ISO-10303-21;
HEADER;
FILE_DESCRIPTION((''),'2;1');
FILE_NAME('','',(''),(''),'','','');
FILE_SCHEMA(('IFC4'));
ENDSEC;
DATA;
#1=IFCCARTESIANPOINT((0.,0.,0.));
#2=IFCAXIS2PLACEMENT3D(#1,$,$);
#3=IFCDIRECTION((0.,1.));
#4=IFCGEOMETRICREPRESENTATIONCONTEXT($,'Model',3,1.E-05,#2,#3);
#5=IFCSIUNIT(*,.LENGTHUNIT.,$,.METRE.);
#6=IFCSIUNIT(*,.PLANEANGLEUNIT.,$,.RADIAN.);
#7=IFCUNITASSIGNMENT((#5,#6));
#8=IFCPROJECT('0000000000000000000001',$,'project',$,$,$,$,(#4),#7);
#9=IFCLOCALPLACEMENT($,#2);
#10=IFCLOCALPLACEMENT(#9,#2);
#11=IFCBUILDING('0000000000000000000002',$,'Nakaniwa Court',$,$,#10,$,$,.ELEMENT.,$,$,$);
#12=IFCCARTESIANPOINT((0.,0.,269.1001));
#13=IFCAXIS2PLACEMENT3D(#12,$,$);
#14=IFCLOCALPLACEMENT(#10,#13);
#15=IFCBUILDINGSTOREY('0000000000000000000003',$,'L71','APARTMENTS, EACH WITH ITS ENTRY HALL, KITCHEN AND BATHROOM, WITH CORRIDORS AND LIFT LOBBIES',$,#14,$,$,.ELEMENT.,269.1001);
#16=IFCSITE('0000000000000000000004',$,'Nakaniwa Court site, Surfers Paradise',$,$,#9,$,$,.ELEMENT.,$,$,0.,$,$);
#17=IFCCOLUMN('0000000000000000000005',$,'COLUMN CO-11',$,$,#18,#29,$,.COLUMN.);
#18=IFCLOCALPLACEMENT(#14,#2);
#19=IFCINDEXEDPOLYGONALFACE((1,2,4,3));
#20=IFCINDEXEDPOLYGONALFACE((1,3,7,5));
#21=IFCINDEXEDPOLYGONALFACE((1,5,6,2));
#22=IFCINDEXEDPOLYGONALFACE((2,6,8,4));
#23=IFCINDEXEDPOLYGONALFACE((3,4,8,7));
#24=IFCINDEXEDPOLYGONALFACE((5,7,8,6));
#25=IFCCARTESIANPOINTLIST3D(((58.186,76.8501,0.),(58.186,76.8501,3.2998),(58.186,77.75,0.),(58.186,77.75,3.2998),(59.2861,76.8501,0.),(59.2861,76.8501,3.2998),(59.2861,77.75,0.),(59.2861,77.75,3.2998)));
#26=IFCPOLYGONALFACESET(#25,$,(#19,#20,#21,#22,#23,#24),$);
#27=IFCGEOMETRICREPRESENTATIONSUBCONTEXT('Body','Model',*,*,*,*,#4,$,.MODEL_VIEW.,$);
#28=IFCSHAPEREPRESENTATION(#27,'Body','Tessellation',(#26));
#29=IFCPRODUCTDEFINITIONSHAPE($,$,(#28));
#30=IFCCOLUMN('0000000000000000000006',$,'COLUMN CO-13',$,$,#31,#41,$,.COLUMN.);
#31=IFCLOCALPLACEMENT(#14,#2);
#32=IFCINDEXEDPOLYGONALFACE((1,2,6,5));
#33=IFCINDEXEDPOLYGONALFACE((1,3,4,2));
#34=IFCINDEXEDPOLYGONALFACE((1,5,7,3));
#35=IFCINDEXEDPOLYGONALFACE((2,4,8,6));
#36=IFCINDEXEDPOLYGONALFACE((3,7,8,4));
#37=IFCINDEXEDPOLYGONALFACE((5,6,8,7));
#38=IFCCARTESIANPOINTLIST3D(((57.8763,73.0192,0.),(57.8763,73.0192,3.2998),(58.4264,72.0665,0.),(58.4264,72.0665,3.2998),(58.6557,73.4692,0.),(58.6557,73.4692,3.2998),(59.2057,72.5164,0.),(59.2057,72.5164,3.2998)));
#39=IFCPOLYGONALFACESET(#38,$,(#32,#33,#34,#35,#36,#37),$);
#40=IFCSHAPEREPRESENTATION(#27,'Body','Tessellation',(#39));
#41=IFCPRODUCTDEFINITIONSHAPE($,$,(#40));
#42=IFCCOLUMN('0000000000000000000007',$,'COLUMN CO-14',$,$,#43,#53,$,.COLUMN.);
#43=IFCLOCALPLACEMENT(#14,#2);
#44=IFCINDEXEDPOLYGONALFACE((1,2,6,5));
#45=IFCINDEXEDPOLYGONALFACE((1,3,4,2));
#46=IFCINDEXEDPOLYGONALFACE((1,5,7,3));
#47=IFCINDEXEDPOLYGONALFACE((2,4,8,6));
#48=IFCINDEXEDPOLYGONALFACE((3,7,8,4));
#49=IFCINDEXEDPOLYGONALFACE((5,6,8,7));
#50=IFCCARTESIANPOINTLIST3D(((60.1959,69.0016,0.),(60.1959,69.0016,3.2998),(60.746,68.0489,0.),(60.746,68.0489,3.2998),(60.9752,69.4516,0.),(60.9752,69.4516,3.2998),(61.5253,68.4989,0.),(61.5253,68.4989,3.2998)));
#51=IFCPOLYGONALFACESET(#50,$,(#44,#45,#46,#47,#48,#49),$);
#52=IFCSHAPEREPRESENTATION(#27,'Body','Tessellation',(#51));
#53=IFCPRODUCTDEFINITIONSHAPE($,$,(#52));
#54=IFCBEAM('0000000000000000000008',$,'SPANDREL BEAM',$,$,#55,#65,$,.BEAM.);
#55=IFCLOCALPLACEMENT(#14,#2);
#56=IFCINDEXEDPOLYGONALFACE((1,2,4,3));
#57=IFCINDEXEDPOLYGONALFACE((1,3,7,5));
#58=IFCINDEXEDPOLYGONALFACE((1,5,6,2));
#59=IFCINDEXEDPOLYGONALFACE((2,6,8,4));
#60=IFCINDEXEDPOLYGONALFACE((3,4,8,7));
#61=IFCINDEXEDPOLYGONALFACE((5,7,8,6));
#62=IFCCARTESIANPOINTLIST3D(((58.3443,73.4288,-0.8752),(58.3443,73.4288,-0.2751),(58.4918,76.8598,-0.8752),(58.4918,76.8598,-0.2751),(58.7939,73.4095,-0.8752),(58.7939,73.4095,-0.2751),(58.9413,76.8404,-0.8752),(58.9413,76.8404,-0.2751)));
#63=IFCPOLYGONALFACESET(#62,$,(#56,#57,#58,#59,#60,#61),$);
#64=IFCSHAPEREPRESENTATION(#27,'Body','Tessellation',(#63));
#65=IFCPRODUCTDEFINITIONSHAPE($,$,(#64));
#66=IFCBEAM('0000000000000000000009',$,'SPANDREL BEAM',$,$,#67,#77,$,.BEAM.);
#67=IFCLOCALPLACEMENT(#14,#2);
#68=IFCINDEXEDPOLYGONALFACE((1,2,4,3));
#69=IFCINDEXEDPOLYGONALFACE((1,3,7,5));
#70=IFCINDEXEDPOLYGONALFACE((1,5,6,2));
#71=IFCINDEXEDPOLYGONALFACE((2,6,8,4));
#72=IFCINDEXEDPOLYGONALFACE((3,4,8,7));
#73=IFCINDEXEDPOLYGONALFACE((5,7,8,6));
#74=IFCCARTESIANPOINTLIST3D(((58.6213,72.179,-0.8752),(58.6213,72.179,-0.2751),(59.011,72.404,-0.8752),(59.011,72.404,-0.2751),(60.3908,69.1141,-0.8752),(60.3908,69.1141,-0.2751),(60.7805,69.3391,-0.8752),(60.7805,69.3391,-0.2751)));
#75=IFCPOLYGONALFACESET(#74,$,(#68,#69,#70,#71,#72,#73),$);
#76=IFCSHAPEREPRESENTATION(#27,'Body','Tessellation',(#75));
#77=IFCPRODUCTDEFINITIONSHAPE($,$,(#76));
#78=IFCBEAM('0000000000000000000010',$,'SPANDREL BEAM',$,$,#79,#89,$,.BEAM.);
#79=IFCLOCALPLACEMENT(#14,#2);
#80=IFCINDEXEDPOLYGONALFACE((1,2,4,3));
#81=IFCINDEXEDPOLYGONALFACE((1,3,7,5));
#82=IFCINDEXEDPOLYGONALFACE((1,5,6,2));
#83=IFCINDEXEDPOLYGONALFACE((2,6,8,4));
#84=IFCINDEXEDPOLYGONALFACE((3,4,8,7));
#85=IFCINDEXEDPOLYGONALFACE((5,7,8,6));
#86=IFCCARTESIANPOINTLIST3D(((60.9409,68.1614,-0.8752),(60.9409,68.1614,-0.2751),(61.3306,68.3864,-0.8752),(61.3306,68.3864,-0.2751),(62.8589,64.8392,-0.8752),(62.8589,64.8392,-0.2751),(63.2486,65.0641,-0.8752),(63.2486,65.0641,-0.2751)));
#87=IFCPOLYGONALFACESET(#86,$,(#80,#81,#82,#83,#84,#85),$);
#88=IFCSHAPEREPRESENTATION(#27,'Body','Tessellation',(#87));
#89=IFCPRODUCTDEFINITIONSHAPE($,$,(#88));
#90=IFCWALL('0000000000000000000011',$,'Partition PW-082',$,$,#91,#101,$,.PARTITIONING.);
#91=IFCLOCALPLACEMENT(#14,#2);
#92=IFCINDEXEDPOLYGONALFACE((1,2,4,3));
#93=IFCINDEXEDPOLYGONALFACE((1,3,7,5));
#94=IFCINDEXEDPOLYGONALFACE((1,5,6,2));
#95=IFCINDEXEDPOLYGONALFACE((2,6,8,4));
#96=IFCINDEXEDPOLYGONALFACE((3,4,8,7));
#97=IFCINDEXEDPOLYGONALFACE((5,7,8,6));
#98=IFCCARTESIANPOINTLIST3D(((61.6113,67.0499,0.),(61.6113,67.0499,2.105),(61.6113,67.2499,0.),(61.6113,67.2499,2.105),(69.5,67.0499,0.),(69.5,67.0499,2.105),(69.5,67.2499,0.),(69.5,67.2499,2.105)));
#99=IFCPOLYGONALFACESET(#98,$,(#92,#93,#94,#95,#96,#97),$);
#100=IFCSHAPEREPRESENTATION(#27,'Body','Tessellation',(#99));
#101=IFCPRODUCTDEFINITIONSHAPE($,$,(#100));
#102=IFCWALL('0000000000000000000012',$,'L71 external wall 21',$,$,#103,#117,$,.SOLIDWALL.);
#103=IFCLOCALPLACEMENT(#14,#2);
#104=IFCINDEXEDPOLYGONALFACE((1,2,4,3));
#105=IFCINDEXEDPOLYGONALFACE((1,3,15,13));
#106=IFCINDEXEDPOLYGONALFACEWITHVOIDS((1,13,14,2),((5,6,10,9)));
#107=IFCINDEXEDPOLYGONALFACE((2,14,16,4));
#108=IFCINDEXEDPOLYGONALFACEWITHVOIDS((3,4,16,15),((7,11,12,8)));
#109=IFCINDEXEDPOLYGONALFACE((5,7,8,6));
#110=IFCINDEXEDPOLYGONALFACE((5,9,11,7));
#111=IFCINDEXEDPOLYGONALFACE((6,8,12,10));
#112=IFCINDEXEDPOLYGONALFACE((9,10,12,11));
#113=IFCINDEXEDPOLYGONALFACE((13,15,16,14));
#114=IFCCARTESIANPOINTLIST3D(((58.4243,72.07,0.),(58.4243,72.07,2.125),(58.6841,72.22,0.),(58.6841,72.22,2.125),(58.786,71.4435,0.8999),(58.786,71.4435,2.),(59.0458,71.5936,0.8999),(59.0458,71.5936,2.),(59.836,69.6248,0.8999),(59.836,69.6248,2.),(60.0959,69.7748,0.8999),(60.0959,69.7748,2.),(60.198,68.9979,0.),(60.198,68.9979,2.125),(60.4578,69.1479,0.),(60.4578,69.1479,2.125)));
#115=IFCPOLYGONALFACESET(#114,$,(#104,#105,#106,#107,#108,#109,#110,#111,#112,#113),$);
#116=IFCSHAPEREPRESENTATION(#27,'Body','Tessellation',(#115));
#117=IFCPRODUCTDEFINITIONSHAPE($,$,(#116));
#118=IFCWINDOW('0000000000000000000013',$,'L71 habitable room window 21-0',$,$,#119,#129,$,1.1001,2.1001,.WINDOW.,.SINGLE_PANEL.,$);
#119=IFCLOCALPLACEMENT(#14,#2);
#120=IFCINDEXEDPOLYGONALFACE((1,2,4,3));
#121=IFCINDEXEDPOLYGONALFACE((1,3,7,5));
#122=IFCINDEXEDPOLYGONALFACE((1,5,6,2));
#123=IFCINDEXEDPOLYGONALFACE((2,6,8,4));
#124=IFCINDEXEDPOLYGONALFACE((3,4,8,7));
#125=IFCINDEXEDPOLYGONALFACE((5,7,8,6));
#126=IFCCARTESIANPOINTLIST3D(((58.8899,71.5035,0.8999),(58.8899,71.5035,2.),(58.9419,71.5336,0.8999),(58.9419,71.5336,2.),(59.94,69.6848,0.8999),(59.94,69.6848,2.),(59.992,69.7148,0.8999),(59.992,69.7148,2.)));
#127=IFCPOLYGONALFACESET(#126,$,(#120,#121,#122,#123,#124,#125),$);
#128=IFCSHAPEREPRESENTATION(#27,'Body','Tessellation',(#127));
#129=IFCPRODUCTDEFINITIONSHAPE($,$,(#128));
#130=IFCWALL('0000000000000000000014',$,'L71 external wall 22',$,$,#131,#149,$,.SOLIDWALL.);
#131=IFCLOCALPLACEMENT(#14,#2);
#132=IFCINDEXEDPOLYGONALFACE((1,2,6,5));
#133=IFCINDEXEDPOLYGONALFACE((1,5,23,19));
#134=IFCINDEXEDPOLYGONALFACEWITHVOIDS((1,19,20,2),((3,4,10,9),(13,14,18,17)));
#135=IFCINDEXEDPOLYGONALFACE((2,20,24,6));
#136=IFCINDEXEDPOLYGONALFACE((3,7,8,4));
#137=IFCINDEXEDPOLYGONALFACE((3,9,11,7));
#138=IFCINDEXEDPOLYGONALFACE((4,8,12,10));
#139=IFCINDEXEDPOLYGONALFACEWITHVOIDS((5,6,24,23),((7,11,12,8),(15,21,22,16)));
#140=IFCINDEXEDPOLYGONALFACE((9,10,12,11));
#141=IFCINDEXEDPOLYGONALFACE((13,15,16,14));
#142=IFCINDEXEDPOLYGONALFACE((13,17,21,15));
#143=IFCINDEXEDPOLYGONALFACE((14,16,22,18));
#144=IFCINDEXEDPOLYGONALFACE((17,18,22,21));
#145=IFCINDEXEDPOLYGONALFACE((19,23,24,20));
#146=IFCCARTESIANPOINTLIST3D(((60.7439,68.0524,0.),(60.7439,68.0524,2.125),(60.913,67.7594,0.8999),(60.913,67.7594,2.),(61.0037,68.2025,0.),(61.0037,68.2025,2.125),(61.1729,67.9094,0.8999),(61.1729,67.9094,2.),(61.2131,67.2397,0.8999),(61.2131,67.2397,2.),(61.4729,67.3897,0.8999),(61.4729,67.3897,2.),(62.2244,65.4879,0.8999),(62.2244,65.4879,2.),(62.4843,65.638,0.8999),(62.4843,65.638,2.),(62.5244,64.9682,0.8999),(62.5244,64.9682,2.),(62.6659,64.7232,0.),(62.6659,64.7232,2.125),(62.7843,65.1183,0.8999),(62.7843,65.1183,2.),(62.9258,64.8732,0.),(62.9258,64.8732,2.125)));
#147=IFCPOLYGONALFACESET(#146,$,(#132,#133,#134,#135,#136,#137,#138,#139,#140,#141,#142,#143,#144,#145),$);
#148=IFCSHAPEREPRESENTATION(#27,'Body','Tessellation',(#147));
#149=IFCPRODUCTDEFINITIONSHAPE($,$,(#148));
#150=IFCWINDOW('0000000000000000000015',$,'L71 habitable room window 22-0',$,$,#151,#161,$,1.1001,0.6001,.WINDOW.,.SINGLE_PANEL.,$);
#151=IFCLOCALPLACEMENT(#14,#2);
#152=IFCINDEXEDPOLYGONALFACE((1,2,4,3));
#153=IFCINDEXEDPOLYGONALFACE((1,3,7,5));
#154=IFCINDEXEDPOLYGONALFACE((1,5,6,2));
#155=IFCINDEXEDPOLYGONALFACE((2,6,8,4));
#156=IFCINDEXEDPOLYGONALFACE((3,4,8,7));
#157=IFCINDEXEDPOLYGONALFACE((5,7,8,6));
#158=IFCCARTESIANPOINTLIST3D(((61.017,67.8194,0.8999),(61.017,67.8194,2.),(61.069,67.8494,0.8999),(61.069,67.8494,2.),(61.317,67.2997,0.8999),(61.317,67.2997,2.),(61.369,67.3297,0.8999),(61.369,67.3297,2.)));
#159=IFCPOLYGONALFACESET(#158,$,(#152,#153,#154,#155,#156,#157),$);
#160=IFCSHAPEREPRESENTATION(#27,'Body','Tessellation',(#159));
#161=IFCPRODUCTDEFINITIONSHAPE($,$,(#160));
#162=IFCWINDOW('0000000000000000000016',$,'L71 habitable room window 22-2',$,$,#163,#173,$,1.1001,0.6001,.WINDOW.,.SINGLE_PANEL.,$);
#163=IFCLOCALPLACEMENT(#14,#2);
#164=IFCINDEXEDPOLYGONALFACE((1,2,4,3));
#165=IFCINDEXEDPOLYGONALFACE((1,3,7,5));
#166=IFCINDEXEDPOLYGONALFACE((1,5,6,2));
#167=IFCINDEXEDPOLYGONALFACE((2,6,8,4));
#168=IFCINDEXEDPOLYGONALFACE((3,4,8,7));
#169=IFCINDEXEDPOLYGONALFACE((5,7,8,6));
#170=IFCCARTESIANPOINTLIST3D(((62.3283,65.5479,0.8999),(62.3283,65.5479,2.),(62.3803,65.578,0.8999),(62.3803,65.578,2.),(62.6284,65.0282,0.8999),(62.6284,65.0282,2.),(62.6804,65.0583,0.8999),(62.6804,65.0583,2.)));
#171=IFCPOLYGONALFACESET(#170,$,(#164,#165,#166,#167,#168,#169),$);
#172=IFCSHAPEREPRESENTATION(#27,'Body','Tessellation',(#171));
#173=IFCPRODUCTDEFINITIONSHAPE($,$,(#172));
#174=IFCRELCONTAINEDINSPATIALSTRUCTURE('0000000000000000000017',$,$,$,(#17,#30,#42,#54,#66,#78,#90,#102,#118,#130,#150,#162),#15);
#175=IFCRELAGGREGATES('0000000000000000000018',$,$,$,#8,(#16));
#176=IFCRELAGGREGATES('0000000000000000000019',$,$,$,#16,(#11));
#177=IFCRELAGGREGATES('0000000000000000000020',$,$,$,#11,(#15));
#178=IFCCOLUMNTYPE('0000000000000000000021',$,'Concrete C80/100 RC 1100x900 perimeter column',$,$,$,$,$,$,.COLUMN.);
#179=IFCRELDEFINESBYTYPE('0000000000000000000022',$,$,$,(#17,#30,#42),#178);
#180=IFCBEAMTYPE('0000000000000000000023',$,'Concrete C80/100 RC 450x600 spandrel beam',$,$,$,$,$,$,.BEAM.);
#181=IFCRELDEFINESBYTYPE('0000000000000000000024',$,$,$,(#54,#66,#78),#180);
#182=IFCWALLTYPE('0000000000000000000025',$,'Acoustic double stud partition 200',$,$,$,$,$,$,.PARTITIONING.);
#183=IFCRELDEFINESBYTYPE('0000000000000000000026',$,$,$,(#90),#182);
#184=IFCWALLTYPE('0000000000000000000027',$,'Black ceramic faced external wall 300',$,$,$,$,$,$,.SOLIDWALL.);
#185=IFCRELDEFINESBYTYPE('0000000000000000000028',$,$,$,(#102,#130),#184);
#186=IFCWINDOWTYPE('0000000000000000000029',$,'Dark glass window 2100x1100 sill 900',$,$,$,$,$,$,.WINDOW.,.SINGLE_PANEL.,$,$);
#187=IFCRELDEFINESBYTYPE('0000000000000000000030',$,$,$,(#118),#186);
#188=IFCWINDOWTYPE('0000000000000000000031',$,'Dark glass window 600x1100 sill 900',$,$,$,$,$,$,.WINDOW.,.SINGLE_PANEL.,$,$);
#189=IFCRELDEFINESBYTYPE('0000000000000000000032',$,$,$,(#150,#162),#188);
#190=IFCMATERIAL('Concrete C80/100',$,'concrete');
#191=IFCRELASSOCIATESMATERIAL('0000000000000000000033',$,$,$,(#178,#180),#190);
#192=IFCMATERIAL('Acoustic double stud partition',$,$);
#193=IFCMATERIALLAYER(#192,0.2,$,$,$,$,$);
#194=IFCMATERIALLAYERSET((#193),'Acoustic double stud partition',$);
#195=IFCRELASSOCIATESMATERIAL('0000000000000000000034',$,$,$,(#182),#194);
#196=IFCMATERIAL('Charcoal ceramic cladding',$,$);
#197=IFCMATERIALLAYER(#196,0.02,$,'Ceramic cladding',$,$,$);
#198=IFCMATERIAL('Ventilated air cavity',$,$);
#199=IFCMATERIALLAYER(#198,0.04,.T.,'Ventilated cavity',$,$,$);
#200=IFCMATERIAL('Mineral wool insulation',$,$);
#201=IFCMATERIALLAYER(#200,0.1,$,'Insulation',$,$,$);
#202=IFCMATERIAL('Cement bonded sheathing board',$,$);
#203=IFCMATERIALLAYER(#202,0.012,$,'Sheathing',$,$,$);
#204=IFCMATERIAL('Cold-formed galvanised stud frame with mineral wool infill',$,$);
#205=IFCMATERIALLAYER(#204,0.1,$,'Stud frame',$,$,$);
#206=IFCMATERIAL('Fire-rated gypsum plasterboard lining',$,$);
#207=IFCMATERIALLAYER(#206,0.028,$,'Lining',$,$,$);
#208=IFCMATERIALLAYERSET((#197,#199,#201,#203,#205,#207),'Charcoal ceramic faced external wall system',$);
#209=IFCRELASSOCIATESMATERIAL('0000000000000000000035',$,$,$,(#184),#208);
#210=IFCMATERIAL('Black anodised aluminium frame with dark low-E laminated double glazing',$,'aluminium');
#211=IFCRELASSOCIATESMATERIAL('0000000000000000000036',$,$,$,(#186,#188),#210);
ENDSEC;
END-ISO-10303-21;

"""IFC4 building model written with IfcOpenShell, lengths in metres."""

from ifc_helpers import new_model, si_unit, direction, frame, frame_2d, origin, origin_2d, place, context, subcontext, project, spatial, rectangle, extrude, material, layer, layer_set, material_profile, profile_set, type_object, element, fill, save


model = new_model("IFC4")

# Units and contexts
model_context = context("Model", 3, precision=1e-05, world=origin(), true_north=direction((0.0, 1.0)))
body_context = subcontext(model_context, "Body", "Model", "MODEL_VIEW")
ifc_project = project(units=[si_unit("LENGTHUNIT", "METRE"), si_unit("PLANEANGLEUNIT", "RADIAN")], contexts=[model_context])

# Site, building, storey
site_placement = place(None, origin())
site = spatial("IfcSite", under=ifc_project, at=site_placement, Name="Nakaniwa Court site, Surfers Paradise", CompositionType="ELEMENT", RefElevation=0.0)
building_placement = place(site_placement, origin())
building = spatial("IfcBuilding", under=site, at=building_placement, Name="Nakaniwa Court", CompositionType="ELEMENT")
storey_placement = place(building_placement, frame((0.0, 0.0, 269.1001)))
storey = spatial("IfcBuildingStorey", under=building, at=storey_placement, Name="L71", Description="APARTMENTS, EACH WITH ITS ENTRY HALL, KITCHEN AND BATHROOM, WITH CORRIDORS AND LIFT LOBBIES", CompositionType="ELEMENT", Elevation=269.1001)

# Columns
ifc_material_1 = material(Name="Concrete C80/100", Category="concrete")
ifc_material_profile_1 = material_profile(ifc_material_1, rectangle(XDim=1.1001, YDim=0.8999, at=origin_2d()), Name="Concrete C80/100 RC 1100x900 perimeter column")
ifc_profile_set_1 = profile_set([ifc_material_profile_1], Name="Concrete C80/100")
column_type = type_object("IfcColumnType", Name="Concrete C80/100 RC 1100x900 perimeter column", PredefinedType="COLUMN", material=ifc_profile_set_1)
for number, where, z_axis, x_axis, name in (
    (1, (58.7361, 77.3, 0.0), (0.0, 0.0, 1.0), (-1.0, 0.0, 0.0), "COLUMN CO-11"),
    (2, (58.541, 72.7678, 0.0), (0.0, 0.0, 1.0), (0.5, -0.866025, 0.0), "COLUMN CO-13"),
    (3, (60.8606, 68.7502, 0.0), (0.0, 0.0, 1.0), (0.5, -0.866025, 0.0), "COLUMN CO-14"),
):
    element("IfcColumn", number, at=place(storey_placement, frame(where, z_axis=z_axis, x_axis=x_axis)), inside=storey, type_object=column_type, Name=name, PredefinedType="COLUMN", context=body_context, shape_type="SweptSolid", body=[
        extrude(rectangle(XDim=1.1001, YDim=0.8999, at=origin_2d()), origin(), (0.0, 0.0, 1.0), 3.2998),
    ])

# Beams
ifc_material_profile_2 = material_profile(ifc_material_1, rectangle(XDim=0.45, YDim=0.6001, at=origin_2d()), Name="Concrete C80/100 RC 450x600 spandrel beam")
ifc_profile_set_2 = profile_set([ifc_material_profile_2], Name="Concrete C80/100")
beam_type = type_object("IfcBeamType", Name="Concrete C80/100 RC 450x600 spandrel beam", PredefinedType="BEAM", material=ifc_profile_set_2)
beam_1_placement = place(storey_placement, frame((58.7166, 76.8501, -0.5752), z_axis=(-0.042941, -0.999078, 0.0), x_axis=(0.999078, -0.042941, 0.0)))
element("IfcBeam", 4, at=beam_1_placement, inside=storey, type_object=beam_type, Name="SPANDREL BEAM", PredefinedType="BEAM", context=body_context, shape_type="SweptSolid", body=[
    extrude(rectangle(XDim=0.45, YDim=0.6001, at=origin_2d()), origin(), (0.0, 0.0, 1.0), 3.4341),
])
beam_2_placement = place(storey_placement, frame((58.8162, 72.2915, -0.5752), z_axis=(0.499997, -0.866027, 0.0), x_axis=(0.866027, 0.499997, 0.0)))
element("IfcBeam", 5, at=beam_2_placement, inside=storey, type_object=beam_type, Name="SPANDREL BEAM", PredefinedType="BEAM", context=body_context, shape_type="SweptSolid", body=[
    extrude(rectangle(XDim=0.45, YDim=0.6001, at=origin_2d()), origin(), (0.0, 0.0, 1.0), 3.5391),
])
beam_3_placement = place(storey_placement, frame((61.1357, 68.2739, -0.5752), z_axis=(0.499972, -0.866041, 0.0), x_axis=(0.866041, 0.499972, 0.0)))
element("IfcBeam", 6, at=beam_3_placement, inside=storey, type_object=beam_type, Name="SPANDREL BEAM", PredefinedType="BEAM", context=body_context, shape_type="SweptSolid", body=[
    extrude(rectangle(XDim=0.45, YDim=0.6001, at=origin_2d()), origin(), (0.0, 0.0, 1.0), 3.8362),
])

# Wall
ifc_material_2 = material(Name="Acoustic double stud partition")
ifc_layer_1 = layer(ifc_material_2, 0.2)
ifc_layer_set_1 = layer_set([ifc_layer_1], Name="Acoustic double stud partition")
wall_type_1 = type_object("IfcWallType", Name="Acoustic double stud partition 200", PredefinedType="PARTITIONING", material=ifc_layer_set_1)
wall_1_placement = place(storey_placement, frame((61.6113, 67.1499, 0.0), z_axis=(0.0, 0.0, 1.0), x_axis=(1.0, 0.0, 0.0)))
element("IfcWall", 7, at=wall_1_placement, inside=storey, type_object=wall_type_1, Name="Partition PW-082", PredefinedType="PARTITIONING", context=body_context, shape_type="SweptSolid", body=[
    extrude(rectangle(XDim=7.8887, YDim=0.2, at=frame_2d((3.9443, 0.0))), origin(), (0.0, 0.0, 1.0), 2.105),
])

# Wall, opening, window
ifc_material_3 = material(Name="Charcoal ceramic cladding")
ifc_layer_2 = layer(ifc_material_3, 0.02, Name="Ceramic cladding")
ifc_material_4 = material(Name="Ventilated air cavity")
ifc_layer_3 = layer(ifc_material_4, 0.04, ventilated=True, Name="Ventilated cavity")
ifc_material_5 = material(Name="Mineral wool insulation")
ifc_layer_4 = layer(ifc_material_5, 0.1, Name="Insulation")
ifc_material_6 = material(Name="Cement bonded sheathing board")
ifc_layer_5 = layer(ifc_material_6, 0.012, Name="Sheathing")
ifc_material_7 = material(Name="Cold-formed galvanised stud frame with mineral wool infill")
ifc_layer_6 = layer(ifc_material_7, 0.1, Name="Stud frame")
ifc_material_8 = material(Name="Fire-rated gypsum plasterboard lining")
ifc_layer_7 = layer(ifc_material_8, 0.028, Name="Lining")
ifc_layer_set_2 = layer_set([ifc_layer_2, ifc_layer_3, ifc_layer_4, ifc_layer_5, ifc_layer_6, ifc_layer_7], Name="Charcoal ceramic faced external wall system")
wall_type_2 = type_object("IfcWallType", Name="Black ceramic faced external wall 300", PredefinedType="SOLIDWALL", material=ifc_layer_set_2)
wall_2_placement = place(storey_placement, frame((58.5542, 72.145, 0.0), z_axis=(0.0, 0.0, 1.0), x_axis=(0.50001, -0.866019, 0.0)))
wall_2 = element("IfcWall", 8, at=wall_2_placement, inside=storey, type_object=wall_type_2, Name="L71 external wall 21", PredefinedType="SOLIDWALL", context=body_context, shape_type="SweptSolid", body=[
    extrude(rectangle(XDim=3.5474, YDim=0.3, at=frame_2d((1.7737, 0.0))), origin(), (0.0, 0.0, 1.0), 2.125),
])
opening_1_placement = place(wall_2_placement, frame((0.7234, 0.0, 0.8999)))
opening_1 = element("IfcOpeningElement", 9, at=opening_1_placement, cuts=wall_2, PredefinedType="OPENING", context=body_context, shape_type="SweptSolid", body=[
    extrude(rectangle(XDim=2.1001, YDim=1.1001, at=frame_2d((1.05, 0.55))), frame((0.0, 0.1599, 0.0), z_axis=(0.0, -1.0, 0.0), x_axis=(1.0, 0.0, 0.0)), (0.0, 0.0, 1.0), 0.3201),
])
ifc_material_9 = material(Name="Black anodised aluminium frame with dark low-E laminated double glazing", Category="aluminium")
window_type_1 = type_object("IfcWindowType", Name="Dark glass window 2100x1100 sill 900", PartitioningType="SINGLE_PANEL", PredefinedType="WINDOW", material=ifc_material_9)
window_1_placement = place(opening_1_placement, origin())
window_1 = element("IfcWindow", 10, at=window_1_placement, inside=storey, type_object=window_type_1, Name="L71 habitable room window 21-0", OverallHeight=1.1001, OverallWidth=2.1001, PartitioningType="SINGLE_PANEL", PredefinedType="WINDOW", context=body_context, shape_type="SweptSolid", body=[
    extrude(rectangle(XDim=2.1001, YDim=1.1001, at=frame_2d((1.05, 0.55))), frame((0.0, 0.03, 0.0), z_axis=(0.0, -1.0, 0.0), x_axis=(1.0, 0.0, 0.0)), (0.0, 0.0, 1.0), 0.0601),
])
fill(opening_1, window_1)

# Wall, openings, windows
wall_3_placement = place(storey_placement, frame((60.8738, 68.1274, 0.0), z_axis=(0.0, 0.0, 1.0), x_axis=(0.499984, -0.866034, 0.0)))
wall_3 = element("IfcWall", 11, at=wall_3_placement, inside=storey, type_object=wall_type_2, Name="L71 external wall 22", PredefinedType="SOLIDWALL", context=body_context, shape_type="SweptSolid", body=[
    extrude(rectangle(XDim=3.8442, YDim=0.3, at=frame_2d((1.9221, 0.0))), origin(), (0.0, 0.0, 1.0), 2.125),
])
opening_2_placement = place(wall_3_placement, frame((0.3384, 0.0, 0.8999)))
opening_2 = element("IfcOpeningElement", 12, at=opening_2_placement, cuts=wall_3, PredefinedType="OPENING", context=body_context, shape_type="SweptSolid", body=[
    extrude(rectangle(XDim=0.6001, YDim=1.1001, at=frame_2d((0.3, 0.55))), frame((0.0, 0.1599, 0.0), z_axis=(0.0, -1.0, 0.0), x_axis=(1.0, 0.0, 0.0)), (0.0, 0.0, 1.0), 0.3201),
])
opening_3_placement = place(wall_3_placement, frame((2.9612, 0.0, 0.8999)))
opening_3 = element("IfcOpeningElement", 13, at=opening_3_placement, cuts=wall_3, PredefinedType="OPENING", context=body_context, shape_type="SweptSolid", body=[
    extrude(rectangle(XDim=0.6001, YDim=1.1001, at=frame_2d((0.3, 0.55))), frame((0.0, 0.1599, 0.0), z_axis=(0.0, -1.0, 0.0), x_axis=(1.0, 0.0, 0.0)), (0.0, 0.0, 1.0), 0.3201),
])
window_type_2 = type_object("IfcWindowType", Name="Dark glass window 600x1100 sill 900", PartitioningType="SINGLE_PANEL", PredefinedType="WINDOW", material=ifc_material_9)
window_2_placement = place(opening_2_placement, origin())
window_2 = element("IfcWindow", 14, at=window_2_placement, inside=storey, type_object=window_type_2, Name="L71 habitable room window 22-0", OverallHeight=1.1001, OverallWidth=0.6001, PartitioningType="SINGLE_PANEL", PredefinedType="WINDOW", context=body_context, shape_type="SweptSolid", body=[
    extrude(rectangle(XDim=0.6001, YDim=1.1001, at=frame_2d((0.3, 0.55))), frame((0.0, 0.03, 0.0), z_axis=(0.0, -1.0, 0.0), x_axis=(1.0, 0.0, 0.0)), (0.0, 0.0, 1.0), 0.0601),
])
fill(opening_2, window_2)
window_3_placement = place(opening_3_placement, origin())
window_3 = element("IfcWindow", 15, at=window_3_placement, inside=storey, type_object=window_type_2, Name="L71 habitable room window 22-2", OverallHeight=1.1001, OverallWidth=0.6001, PartitioningType="SINGLE_PANEL", PredefinedType="WINDOW", context=body_context, shape_type="SweptSolid", body=[
    extrude(rectangle(XDim=0.6001, YDim=1.1001, at=frame_2d((0.3, 0.55))), frame((0.0, 0.03, 0.0), z_axis=(0.0, -1.0, 0.0), x_axis=(1.0, 0.0, 0.0)), (0.0, 0.0, 1.0), 0.0601),
])
fill(opening_3, window_3)

save(model, "model.ifc")
